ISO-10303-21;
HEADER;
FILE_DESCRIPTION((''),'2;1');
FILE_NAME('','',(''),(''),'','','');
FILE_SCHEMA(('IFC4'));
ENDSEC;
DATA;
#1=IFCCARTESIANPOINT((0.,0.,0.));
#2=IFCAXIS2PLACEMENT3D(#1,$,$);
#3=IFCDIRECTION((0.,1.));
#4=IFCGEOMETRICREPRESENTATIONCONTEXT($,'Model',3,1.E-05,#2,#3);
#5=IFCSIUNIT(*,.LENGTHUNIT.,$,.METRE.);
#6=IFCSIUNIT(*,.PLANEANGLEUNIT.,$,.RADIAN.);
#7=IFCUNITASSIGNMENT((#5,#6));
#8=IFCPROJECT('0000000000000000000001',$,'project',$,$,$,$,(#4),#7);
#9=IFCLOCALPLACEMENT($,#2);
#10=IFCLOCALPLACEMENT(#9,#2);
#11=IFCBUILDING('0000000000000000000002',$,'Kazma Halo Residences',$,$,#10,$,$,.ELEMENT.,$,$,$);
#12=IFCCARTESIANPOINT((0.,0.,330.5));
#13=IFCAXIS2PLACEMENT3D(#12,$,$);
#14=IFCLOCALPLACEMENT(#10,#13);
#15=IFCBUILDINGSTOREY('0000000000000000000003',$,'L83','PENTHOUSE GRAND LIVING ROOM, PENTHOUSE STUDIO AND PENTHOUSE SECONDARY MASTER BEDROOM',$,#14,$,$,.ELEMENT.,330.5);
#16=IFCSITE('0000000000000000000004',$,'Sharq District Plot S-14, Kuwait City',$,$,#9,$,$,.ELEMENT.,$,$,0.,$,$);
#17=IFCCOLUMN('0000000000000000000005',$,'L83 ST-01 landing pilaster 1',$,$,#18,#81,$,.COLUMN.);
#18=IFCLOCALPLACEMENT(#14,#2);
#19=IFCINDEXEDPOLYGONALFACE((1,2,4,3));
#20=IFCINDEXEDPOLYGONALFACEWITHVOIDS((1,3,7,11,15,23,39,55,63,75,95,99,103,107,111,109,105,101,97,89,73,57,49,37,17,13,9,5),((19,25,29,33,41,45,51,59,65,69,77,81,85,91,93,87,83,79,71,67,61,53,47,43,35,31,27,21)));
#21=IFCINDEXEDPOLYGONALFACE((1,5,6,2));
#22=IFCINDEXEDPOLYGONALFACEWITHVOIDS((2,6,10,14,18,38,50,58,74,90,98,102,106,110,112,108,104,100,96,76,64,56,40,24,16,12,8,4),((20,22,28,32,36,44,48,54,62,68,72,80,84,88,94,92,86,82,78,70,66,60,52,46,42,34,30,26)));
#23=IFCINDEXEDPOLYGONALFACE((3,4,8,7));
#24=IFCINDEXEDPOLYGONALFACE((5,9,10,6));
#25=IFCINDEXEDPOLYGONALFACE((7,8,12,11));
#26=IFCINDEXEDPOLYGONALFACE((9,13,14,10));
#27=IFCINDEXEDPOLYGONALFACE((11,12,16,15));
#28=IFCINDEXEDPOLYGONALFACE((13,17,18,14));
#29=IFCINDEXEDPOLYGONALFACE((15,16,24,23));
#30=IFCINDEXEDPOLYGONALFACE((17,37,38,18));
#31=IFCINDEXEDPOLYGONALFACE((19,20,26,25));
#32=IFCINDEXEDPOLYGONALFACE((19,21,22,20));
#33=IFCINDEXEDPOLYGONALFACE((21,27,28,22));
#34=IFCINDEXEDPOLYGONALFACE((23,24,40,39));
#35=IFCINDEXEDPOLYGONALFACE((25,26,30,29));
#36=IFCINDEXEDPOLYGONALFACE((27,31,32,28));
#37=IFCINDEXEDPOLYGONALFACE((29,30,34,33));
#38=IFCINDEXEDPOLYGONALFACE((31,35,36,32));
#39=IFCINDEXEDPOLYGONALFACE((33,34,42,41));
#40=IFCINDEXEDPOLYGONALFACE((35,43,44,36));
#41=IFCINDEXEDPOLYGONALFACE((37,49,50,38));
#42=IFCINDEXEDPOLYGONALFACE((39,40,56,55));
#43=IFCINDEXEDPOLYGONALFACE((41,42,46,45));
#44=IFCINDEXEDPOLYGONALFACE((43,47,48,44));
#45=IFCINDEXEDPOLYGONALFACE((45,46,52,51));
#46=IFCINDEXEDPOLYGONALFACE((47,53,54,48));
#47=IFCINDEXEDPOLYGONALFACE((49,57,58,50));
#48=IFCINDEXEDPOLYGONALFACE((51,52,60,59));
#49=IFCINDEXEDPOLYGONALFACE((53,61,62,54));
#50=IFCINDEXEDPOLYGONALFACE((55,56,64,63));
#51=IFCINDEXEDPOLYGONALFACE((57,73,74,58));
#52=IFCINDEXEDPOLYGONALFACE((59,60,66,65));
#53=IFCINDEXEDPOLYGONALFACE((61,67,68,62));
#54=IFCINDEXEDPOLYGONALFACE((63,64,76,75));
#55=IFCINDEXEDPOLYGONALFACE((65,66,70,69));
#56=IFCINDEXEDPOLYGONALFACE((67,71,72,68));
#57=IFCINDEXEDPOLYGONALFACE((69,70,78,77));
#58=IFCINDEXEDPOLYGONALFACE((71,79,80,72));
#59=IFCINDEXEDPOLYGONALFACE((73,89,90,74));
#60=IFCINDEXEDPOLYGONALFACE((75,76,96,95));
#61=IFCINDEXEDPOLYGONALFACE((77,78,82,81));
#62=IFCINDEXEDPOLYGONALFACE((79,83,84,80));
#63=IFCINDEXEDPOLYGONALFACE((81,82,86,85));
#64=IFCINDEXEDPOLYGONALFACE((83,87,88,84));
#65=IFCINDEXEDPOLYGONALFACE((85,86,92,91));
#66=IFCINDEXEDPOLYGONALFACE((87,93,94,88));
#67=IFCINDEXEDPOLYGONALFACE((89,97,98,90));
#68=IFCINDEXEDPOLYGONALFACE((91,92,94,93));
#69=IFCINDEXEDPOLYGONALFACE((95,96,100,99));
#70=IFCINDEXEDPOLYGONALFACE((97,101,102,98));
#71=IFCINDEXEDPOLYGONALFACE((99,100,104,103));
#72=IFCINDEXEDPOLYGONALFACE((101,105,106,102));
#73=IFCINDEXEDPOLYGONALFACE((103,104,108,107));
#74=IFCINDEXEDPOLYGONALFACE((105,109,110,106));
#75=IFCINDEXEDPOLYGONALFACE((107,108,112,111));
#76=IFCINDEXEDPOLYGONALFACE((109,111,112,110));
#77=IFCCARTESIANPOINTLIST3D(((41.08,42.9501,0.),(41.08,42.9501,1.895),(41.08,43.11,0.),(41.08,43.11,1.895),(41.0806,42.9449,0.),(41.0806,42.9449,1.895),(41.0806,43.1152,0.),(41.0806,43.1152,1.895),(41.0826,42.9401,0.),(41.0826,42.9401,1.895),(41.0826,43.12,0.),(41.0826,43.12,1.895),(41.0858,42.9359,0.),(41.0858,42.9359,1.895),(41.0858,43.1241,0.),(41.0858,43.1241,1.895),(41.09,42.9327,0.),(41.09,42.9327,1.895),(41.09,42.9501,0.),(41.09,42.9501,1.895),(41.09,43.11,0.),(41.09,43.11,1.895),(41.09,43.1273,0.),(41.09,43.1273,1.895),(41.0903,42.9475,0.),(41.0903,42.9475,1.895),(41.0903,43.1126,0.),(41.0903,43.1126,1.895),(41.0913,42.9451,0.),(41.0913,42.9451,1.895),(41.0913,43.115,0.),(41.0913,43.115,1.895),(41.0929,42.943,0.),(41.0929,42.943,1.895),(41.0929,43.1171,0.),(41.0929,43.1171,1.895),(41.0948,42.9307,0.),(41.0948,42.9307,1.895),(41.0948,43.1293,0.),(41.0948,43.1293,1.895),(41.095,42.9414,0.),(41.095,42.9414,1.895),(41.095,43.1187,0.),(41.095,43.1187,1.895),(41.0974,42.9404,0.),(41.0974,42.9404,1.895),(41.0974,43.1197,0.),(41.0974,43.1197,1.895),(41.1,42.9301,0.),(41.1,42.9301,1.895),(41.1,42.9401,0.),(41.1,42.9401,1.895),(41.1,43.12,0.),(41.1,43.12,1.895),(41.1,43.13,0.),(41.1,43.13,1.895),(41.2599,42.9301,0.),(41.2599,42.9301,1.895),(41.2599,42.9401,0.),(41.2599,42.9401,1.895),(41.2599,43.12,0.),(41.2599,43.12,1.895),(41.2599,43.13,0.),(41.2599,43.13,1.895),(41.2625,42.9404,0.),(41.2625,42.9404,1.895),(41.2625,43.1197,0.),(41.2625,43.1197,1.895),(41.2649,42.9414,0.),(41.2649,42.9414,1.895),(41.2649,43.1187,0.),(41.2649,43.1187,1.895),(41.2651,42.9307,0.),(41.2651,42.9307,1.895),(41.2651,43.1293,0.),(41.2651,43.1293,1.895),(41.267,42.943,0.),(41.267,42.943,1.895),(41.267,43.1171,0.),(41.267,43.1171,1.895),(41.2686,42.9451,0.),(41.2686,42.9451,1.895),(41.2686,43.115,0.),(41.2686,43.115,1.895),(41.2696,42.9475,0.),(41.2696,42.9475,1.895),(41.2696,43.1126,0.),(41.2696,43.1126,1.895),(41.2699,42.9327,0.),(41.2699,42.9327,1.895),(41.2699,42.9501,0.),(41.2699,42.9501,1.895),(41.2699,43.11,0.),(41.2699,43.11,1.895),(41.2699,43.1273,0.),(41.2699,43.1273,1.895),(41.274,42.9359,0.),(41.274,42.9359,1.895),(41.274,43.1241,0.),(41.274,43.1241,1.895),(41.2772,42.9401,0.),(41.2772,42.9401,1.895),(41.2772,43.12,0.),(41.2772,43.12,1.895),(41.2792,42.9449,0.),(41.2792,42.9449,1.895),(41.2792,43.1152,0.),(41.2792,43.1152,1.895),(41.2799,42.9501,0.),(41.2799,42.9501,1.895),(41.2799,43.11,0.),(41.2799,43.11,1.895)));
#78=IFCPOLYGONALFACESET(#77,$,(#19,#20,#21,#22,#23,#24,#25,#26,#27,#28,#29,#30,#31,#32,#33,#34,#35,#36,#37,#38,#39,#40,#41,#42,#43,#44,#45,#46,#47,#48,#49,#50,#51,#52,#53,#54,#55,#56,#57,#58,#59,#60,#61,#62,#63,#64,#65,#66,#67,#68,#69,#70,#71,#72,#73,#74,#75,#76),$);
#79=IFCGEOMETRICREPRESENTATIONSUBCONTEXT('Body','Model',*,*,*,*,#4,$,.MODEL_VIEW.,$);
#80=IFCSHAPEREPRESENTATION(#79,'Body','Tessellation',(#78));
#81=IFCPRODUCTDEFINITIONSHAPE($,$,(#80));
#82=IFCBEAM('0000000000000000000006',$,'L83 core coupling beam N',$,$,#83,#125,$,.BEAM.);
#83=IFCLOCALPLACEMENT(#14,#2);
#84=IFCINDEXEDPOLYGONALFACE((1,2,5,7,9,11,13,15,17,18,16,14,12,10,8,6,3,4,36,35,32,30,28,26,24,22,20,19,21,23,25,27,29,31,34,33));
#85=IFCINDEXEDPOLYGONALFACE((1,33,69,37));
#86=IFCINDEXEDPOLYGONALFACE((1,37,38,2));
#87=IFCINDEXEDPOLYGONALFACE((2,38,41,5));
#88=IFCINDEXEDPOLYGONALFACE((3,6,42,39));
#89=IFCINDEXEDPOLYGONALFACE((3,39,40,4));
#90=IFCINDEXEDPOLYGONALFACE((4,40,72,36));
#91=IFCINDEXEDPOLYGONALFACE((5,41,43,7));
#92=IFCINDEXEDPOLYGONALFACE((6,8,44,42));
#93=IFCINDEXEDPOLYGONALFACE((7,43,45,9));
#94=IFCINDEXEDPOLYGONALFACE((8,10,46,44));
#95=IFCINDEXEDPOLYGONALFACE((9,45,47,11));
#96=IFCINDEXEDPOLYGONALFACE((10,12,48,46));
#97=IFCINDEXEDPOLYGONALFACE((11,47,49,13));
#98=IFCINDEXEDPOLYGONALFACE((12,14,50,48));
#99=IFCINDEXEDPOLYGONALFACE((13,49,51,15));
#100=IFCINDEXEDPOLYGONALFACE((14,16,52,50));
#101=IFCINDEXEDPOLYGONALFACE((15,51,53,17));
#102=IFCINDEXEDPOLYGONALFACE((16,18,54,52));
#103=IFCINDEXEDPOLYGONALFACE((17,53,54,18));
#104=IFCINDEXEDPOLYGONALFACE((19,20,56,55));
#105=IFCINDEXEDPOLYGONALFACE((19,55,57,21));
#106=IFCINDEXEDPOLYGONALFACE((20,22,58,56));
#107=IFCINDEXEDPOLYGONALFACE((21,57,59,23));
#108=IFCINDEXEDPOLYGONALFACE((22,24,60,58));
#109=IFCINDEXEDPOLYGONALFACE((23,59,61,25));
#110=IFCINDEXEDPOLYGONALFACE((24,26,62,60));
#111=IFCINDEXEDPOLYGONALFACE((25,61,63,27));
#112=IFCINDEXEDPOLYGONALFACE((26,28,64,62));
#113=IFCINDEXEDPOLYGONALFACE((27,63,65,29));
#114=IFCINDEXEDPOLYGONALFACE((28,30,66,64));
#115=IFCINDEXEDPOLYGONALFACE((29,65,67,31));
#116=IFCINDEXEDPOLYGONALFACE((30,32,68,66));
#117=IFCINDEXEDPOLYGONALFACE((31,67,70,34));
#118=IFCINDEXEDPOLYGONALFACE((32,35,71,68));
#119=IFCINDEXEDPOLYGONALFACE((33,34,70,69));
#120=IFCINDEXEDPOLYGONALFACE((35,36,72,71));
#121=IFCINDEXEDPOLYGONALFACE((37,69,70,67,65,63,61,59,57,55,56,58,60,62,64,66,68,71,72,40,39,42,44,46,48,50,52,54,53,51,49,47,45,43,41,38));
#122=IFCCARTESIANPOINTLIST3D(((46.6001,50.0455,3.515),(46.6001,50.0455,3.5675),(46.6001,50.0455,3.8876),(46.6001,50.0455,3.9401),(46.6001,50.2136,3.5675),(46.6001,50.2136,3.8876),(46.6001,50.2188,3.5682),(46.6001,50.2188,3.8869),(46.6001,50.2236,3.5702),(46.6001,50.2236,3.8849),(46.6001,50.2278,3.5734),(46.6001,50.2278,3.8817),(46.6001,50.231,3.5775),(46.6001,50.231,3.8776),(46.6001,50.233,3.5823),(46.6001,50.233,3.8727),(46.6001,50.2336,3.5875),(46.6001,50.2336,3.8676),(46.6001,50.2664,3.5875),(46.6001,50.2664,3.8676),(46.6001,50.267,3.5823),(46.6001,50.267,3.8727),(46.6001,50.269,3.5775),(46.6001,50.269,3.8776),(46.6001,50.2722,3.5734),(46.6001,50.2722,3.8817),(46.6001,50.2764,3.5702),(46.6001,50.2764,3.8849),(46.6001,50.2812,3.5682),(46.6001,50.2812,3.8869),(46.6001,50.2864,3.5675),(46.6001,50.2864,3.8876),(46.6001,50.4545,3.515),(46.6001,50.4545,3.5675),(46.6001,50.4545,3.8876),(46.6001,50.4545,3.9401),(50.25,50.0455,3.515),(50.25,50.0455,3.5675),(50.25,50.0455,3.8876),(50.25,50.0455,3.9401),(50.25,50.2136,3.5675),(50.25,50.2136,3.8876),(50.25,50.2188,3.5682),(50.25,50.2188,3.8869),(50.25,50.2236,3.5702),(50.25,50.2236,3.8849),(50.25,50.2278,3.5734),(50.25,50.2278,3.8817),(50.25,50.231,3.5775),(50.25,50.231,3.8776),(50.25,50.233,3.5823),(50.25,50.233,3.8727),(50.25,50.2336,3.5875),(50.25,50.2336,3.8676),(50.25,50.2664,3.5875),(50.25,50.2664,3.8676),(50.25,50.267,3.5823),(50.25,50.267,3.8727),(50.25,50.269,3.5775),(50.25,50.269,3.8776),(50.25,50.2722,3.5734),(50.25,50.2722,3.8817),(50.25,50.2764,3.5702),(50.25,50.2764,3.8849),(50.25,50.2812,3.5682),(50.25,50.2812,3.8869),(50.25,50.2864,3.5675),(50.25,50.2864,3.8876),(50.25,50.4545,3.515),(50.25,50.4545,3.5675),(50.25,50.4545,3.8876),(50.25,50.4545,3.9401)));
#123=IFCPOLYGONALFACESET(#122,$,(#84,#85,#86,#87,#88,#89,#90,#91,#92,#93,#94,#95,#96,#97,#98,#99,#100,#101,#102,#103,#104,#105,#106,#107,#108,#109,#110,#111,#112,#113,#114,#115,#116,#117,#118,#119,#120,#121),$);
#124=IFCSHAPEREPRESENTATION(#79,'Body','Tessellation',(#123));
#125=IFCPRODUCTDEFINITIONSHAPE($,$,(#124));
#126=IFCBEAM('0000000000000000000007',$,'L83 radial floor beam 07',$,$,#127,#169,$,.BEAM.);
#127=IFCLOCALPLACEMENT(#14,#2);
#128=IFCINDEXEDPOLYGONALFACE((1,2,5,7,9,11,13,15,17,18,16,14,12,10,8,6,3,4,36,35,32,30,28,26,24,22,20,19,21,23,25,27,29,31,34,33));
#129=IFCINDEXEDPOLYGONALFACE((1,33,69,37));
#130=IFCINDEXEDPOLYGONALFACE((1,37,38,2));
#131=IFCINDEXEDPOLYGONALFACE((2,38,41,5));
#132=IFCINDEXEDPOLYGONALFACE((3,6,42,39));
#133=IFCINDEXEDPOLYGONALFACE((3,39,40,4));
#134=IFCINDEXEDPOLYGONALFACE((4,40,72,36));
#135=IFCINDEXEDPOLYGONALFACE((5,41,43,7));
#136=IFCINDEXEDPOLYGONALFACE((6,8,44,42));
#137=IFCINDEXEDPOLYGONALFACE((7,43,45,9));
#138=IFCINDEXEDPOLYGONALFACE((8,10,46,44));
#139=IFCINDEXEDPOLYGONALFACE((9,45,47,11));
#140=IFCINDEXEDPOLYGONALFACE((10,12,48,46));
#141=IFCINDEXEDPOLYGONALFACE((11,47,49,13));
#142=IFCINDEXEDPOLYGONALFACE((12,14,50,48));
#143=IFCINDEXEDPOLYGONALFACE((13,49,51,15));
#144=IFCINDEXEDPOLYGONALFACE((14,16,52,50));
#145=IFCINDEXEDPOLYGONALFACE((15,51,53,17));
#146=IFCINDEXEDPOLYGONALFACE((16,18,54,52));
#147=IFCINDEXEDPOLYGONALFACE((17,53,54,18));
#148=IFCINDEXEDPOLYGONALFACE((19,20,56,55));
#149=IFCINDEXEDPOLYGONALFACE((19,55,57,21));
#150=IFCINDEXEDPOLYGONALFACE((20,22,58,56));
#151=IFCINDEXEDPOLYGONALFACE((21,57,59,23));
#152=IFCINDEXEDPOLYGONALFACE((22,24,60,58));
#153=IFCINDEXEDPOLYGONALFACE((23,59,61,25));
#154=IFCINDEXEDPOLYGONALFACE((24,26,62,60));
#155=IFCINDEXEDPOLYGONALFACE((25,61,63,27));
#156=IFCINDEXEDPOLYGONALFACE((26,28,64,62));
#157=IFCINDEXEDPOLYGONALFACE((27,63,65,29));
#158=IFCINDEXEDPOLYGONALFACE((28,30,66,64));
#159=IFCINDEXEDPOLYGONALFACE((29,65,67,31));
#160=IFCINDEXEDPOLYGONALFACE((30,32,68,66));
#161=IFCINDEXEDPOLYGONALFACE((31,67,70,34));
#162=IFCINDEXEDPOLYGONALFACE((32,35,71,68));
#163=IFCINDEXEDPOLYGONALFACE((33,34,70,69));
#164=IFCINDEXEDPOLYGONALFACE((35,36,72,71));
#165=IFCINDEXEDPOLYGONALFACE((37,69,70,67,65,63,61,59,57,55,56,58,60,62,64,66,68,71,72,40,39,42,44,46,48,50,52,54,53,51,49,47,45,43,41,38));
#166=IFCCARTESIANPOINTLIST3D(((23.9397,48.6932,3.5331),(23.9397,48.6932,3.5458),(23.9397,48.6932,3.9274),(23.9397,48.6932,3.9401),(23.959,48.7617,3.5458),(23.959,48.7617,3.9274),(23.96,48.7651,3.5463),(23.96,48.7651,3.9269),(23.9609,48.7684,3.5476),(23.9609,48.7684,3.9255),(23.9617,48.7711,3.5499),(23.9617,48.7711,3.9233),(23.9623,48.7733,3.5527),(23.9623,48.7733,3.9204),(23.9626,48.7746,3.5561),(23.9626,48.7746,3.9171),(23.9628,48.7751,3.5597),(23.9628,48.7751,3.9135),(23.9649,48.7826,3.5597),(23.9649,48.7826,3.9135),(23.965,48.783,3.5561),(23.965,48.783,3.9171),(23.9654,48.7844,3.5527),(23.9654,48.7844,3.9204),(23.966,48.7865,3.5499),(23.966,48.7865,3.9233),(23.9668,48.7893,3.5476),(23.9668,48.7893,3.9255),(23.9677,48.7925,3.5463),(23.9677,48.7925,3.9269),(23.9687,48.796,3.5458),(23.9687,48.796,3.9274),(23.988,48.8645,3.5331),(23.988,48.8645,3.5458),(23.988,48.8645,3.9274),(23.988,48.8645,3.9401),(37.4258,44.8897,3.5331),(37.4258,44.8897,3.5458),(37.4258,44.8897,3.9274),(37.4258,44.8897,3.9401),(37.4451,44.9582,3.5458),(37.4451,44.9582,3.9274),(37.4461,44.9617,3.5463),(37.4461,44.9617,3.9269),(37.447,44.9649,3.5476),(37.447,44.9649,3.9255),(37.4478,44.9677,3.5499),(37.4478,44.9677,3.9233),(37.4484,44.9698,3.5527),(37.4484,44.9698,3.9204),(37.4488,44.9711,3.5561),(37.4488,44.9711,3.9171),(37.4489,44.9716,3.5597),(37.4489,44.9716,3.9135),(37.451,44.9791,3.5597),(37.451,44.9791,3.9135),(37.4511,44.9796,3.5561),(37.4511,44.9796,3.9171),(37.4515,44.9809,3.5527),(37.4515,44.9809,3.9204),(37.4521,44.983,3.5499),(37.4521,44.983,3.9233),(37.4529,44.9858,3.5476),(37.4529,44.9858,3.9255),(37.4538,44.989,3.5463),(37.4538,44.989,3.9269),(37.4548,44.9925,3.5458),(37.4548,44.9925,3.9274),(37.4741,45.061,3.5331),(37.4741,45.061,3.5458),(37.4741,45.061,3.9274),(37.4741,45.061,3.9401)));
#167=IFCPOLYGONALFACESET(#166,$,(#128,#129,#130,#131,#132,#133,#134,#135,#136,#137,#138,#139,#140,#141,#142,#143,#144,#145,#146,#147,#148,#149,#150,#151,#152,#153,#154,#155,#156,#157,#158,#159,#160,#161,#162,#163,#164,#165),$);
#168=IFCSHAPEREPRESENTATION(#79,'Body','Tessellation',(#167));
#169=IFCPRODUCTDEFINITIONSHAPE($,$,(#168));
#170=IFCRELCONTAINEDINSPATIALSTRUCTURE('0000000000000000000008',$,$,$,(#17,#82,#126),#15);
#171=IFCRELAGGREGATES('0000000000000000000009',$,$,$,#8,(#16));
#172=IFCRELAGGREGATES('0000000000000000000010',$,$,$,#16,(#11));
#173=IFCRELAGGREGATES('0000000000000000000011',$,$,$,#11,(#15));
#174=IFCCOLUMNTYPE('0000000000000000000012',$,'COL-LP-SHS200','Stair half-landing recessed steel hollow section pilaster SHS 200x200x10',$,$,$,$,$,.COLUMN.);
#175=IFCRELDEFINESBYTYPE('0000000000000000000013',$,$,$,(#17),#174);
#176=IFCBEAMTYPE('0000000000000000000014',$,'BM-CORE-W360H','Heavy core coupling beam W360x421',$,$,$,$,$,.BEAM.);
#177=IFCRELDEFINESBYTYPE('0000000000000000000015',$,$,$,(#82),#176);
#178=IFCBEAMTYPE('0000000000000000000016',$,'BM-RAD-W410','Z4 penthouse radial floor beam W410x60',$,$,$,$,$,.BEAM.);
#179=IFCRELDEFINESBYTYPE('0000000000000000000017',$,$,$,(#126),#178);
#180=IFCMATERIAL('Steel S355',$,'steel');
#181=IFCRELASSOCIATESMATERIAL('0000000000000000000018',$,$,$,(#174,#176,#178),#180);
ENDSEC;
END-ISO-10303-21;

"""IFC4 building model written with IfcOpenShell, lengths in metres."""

from ifc_helpers import new_model, si_unit, direction, frame, origin, origin_2d, place, context, subcontext, project, spatial, hollow_rectangle, i_section, extrude, material, material_profile, profile_set, type_object, element, save


model = new_model("IFC4")

# Units and contexts
model_context = context("Model", 3, precision=1e-05, world=origin(), true_north=direction((0.0, 1.0)))
body_context = subcontext(model_context, "Body", "Model", "MODEL_VIEW")
ifc_project = project(units=[si_unit("LENGTHUNIT", "METRE"), si_unit("PLANEANGLEUNIT", "RADIAN")], contexts=[model_context])

# Site, building, storey
site_placement = place(None, origin())
site = spatial("IfcSite", under=ifc_project, at=site_placement, Name="Sharq District Plot S-14, Kuwait City", CompositionType="ELEMENT", RefElevation=0.0)
building_placement = place(site_placement, origin())
building = spatial("IfcBuilding", under=site, at=building_placement, Name="Kazma Halo Residences", CompositionType="ELEMENT")
storey_placement = place(building_placement, frame((0.0, 0.0, 330.5)))
storey = spatial("IfcBuildingStorey", under=building, at=storey_placement, Name="L83", Description="PENTHOUSE GRAND LIVING ROOM, PENTHOUSE STUDIO AND PENTHOUSE SECONDARY MASTER BEDROOM", CompositionType="ELEMENT", Elevation=330.5)

# Column
ifc_material_1 = material(Name="Steel S355", Category="steel")
ifc_material_profile_1 = material_profile(ifc_material_1, hollow_rectangle(XDim=0.2, YDim=0.2, WallThickness=0.01, InnerFilletRadius=0.01, OuterFilletRadius=0.02, at=origin_2d()), Name="SHS200x200x10")
ifc_profile_set_1 = profile_set([ifc_material_profile_1], Name="Steel S355")
column_type = type_object("IfcColumnType", Name="COL-LP-SHS200", Description="Stair half-landing recessed steel hollow section pilaster SHS 200x200x10", PredefinedType="COLUMN", material=ifc_profile_set_1)
column_placement = place(storey_placement, frame((41.1799, 43.03, 0.0), z_axis=(0.0, 0.0, 1.0), x_axis=(1.0, 0.0, 0.0)))
element("IfcColumn", 1, at=column_placement, inside=storey, type_object=column_type, Name="L83 ST-01 landing pilaster 1", PredefinedType="COLUMN", context=body_context, shape_type="SweptSolid", body=[
    extrude(hollow_rectangle(XDim=0.2, YDim=0.2, WallThickness=0.01, InnerFilletRadius=0.01, OuterFilletRadius=0.02, at=origin_2d()), origin(), (0.0, 0.0, 1.0), 1.895),
])

# Beams
ifc_material_profile_2 = material_profile(ifc_material_1, i_section(OverallWidth=0.4089, OverallDepth=0.425, WebThickness=0.0327, FlangeThickness=0.0525, FilletRadius=0.02, at=origin_2d()), Name="W360x421")
ifc_profile_set_2 = profile_set([ifc_material_profile_2], Name="Steel S355")
beam_type_1 = type_object("IfcBeamType", Name="BM-CORE-W360H", Description="Heavy core coupling beam W360x421", PredefinedType="BEAM", material=ifc_profile_set_2)
beam_1_placement = place(storey_placement, frame((46.6001, 50.25, 3.7275), z_axis=(1.0, 0.0, 0.0), x_axis=(0.0, 1.0, 0.0)))
element("IfcBeam", 2, at=beam_1_placement, inside=storey, type_object=beam_type_1, Name="L83 core coupling beam N", PredefinedType="BEAM", context=body_context, shape_type="SweptSolid", body=[
    extrude(i_section(OverallWidth=0.4089, OverallDepth=0.425, WebThickness=0.0327, FlangeThickness=0.0525, FilletRadius=0.02, at=origin_2d()), origin(), (0.0, 0.0, 1.0), 3.6499),
])
ifc_material_profile_3 = material_profile(ifc_material_1, i_section(OverallWidth=0.178, OverallDepth=0.407, WebThickness=0.0078, FlangeThickness=0.0127, FilletRadius=0.0139, at=origin_2d()), Name="W410x60")
ifc_profile_set_3 = profile_set([ifc_material_profile_3], Name="Steel S355")
beam_type_2 = type_object("IfcBeamType", Name="BM-RAD-W410", Description="Z4 penthouse radial floor beam W410x60", PredefinedType="BEAM", material=ifc_profile_set_3)
beam_2_placement = place(storey_placement, frame((37.45, 44.9753, 3.7366), z_axis=(-0.962455, 0.27144, 0.0), x_axis=(-0.27144, -0.962455, 0.0)))
element("IfcBeam", 3, at=beam_2_placement, inside=storey, type_object=beam_type_2, Name="L83 radial floor beam 07", PredefinedType="BEAM", context=body_context, shape_type="SweptSolid", body=[
    extrude(i_section(OverallWidth=0.178, OverallDepth=0.407, WebThickness=0.0078, FlangeThickness=0.0127, FilletRadius=0.0139, at=origin_2d()), origin(), (0.0, 0.0, 1.0), 14.0122),
])

save(model, "model.ifc")
